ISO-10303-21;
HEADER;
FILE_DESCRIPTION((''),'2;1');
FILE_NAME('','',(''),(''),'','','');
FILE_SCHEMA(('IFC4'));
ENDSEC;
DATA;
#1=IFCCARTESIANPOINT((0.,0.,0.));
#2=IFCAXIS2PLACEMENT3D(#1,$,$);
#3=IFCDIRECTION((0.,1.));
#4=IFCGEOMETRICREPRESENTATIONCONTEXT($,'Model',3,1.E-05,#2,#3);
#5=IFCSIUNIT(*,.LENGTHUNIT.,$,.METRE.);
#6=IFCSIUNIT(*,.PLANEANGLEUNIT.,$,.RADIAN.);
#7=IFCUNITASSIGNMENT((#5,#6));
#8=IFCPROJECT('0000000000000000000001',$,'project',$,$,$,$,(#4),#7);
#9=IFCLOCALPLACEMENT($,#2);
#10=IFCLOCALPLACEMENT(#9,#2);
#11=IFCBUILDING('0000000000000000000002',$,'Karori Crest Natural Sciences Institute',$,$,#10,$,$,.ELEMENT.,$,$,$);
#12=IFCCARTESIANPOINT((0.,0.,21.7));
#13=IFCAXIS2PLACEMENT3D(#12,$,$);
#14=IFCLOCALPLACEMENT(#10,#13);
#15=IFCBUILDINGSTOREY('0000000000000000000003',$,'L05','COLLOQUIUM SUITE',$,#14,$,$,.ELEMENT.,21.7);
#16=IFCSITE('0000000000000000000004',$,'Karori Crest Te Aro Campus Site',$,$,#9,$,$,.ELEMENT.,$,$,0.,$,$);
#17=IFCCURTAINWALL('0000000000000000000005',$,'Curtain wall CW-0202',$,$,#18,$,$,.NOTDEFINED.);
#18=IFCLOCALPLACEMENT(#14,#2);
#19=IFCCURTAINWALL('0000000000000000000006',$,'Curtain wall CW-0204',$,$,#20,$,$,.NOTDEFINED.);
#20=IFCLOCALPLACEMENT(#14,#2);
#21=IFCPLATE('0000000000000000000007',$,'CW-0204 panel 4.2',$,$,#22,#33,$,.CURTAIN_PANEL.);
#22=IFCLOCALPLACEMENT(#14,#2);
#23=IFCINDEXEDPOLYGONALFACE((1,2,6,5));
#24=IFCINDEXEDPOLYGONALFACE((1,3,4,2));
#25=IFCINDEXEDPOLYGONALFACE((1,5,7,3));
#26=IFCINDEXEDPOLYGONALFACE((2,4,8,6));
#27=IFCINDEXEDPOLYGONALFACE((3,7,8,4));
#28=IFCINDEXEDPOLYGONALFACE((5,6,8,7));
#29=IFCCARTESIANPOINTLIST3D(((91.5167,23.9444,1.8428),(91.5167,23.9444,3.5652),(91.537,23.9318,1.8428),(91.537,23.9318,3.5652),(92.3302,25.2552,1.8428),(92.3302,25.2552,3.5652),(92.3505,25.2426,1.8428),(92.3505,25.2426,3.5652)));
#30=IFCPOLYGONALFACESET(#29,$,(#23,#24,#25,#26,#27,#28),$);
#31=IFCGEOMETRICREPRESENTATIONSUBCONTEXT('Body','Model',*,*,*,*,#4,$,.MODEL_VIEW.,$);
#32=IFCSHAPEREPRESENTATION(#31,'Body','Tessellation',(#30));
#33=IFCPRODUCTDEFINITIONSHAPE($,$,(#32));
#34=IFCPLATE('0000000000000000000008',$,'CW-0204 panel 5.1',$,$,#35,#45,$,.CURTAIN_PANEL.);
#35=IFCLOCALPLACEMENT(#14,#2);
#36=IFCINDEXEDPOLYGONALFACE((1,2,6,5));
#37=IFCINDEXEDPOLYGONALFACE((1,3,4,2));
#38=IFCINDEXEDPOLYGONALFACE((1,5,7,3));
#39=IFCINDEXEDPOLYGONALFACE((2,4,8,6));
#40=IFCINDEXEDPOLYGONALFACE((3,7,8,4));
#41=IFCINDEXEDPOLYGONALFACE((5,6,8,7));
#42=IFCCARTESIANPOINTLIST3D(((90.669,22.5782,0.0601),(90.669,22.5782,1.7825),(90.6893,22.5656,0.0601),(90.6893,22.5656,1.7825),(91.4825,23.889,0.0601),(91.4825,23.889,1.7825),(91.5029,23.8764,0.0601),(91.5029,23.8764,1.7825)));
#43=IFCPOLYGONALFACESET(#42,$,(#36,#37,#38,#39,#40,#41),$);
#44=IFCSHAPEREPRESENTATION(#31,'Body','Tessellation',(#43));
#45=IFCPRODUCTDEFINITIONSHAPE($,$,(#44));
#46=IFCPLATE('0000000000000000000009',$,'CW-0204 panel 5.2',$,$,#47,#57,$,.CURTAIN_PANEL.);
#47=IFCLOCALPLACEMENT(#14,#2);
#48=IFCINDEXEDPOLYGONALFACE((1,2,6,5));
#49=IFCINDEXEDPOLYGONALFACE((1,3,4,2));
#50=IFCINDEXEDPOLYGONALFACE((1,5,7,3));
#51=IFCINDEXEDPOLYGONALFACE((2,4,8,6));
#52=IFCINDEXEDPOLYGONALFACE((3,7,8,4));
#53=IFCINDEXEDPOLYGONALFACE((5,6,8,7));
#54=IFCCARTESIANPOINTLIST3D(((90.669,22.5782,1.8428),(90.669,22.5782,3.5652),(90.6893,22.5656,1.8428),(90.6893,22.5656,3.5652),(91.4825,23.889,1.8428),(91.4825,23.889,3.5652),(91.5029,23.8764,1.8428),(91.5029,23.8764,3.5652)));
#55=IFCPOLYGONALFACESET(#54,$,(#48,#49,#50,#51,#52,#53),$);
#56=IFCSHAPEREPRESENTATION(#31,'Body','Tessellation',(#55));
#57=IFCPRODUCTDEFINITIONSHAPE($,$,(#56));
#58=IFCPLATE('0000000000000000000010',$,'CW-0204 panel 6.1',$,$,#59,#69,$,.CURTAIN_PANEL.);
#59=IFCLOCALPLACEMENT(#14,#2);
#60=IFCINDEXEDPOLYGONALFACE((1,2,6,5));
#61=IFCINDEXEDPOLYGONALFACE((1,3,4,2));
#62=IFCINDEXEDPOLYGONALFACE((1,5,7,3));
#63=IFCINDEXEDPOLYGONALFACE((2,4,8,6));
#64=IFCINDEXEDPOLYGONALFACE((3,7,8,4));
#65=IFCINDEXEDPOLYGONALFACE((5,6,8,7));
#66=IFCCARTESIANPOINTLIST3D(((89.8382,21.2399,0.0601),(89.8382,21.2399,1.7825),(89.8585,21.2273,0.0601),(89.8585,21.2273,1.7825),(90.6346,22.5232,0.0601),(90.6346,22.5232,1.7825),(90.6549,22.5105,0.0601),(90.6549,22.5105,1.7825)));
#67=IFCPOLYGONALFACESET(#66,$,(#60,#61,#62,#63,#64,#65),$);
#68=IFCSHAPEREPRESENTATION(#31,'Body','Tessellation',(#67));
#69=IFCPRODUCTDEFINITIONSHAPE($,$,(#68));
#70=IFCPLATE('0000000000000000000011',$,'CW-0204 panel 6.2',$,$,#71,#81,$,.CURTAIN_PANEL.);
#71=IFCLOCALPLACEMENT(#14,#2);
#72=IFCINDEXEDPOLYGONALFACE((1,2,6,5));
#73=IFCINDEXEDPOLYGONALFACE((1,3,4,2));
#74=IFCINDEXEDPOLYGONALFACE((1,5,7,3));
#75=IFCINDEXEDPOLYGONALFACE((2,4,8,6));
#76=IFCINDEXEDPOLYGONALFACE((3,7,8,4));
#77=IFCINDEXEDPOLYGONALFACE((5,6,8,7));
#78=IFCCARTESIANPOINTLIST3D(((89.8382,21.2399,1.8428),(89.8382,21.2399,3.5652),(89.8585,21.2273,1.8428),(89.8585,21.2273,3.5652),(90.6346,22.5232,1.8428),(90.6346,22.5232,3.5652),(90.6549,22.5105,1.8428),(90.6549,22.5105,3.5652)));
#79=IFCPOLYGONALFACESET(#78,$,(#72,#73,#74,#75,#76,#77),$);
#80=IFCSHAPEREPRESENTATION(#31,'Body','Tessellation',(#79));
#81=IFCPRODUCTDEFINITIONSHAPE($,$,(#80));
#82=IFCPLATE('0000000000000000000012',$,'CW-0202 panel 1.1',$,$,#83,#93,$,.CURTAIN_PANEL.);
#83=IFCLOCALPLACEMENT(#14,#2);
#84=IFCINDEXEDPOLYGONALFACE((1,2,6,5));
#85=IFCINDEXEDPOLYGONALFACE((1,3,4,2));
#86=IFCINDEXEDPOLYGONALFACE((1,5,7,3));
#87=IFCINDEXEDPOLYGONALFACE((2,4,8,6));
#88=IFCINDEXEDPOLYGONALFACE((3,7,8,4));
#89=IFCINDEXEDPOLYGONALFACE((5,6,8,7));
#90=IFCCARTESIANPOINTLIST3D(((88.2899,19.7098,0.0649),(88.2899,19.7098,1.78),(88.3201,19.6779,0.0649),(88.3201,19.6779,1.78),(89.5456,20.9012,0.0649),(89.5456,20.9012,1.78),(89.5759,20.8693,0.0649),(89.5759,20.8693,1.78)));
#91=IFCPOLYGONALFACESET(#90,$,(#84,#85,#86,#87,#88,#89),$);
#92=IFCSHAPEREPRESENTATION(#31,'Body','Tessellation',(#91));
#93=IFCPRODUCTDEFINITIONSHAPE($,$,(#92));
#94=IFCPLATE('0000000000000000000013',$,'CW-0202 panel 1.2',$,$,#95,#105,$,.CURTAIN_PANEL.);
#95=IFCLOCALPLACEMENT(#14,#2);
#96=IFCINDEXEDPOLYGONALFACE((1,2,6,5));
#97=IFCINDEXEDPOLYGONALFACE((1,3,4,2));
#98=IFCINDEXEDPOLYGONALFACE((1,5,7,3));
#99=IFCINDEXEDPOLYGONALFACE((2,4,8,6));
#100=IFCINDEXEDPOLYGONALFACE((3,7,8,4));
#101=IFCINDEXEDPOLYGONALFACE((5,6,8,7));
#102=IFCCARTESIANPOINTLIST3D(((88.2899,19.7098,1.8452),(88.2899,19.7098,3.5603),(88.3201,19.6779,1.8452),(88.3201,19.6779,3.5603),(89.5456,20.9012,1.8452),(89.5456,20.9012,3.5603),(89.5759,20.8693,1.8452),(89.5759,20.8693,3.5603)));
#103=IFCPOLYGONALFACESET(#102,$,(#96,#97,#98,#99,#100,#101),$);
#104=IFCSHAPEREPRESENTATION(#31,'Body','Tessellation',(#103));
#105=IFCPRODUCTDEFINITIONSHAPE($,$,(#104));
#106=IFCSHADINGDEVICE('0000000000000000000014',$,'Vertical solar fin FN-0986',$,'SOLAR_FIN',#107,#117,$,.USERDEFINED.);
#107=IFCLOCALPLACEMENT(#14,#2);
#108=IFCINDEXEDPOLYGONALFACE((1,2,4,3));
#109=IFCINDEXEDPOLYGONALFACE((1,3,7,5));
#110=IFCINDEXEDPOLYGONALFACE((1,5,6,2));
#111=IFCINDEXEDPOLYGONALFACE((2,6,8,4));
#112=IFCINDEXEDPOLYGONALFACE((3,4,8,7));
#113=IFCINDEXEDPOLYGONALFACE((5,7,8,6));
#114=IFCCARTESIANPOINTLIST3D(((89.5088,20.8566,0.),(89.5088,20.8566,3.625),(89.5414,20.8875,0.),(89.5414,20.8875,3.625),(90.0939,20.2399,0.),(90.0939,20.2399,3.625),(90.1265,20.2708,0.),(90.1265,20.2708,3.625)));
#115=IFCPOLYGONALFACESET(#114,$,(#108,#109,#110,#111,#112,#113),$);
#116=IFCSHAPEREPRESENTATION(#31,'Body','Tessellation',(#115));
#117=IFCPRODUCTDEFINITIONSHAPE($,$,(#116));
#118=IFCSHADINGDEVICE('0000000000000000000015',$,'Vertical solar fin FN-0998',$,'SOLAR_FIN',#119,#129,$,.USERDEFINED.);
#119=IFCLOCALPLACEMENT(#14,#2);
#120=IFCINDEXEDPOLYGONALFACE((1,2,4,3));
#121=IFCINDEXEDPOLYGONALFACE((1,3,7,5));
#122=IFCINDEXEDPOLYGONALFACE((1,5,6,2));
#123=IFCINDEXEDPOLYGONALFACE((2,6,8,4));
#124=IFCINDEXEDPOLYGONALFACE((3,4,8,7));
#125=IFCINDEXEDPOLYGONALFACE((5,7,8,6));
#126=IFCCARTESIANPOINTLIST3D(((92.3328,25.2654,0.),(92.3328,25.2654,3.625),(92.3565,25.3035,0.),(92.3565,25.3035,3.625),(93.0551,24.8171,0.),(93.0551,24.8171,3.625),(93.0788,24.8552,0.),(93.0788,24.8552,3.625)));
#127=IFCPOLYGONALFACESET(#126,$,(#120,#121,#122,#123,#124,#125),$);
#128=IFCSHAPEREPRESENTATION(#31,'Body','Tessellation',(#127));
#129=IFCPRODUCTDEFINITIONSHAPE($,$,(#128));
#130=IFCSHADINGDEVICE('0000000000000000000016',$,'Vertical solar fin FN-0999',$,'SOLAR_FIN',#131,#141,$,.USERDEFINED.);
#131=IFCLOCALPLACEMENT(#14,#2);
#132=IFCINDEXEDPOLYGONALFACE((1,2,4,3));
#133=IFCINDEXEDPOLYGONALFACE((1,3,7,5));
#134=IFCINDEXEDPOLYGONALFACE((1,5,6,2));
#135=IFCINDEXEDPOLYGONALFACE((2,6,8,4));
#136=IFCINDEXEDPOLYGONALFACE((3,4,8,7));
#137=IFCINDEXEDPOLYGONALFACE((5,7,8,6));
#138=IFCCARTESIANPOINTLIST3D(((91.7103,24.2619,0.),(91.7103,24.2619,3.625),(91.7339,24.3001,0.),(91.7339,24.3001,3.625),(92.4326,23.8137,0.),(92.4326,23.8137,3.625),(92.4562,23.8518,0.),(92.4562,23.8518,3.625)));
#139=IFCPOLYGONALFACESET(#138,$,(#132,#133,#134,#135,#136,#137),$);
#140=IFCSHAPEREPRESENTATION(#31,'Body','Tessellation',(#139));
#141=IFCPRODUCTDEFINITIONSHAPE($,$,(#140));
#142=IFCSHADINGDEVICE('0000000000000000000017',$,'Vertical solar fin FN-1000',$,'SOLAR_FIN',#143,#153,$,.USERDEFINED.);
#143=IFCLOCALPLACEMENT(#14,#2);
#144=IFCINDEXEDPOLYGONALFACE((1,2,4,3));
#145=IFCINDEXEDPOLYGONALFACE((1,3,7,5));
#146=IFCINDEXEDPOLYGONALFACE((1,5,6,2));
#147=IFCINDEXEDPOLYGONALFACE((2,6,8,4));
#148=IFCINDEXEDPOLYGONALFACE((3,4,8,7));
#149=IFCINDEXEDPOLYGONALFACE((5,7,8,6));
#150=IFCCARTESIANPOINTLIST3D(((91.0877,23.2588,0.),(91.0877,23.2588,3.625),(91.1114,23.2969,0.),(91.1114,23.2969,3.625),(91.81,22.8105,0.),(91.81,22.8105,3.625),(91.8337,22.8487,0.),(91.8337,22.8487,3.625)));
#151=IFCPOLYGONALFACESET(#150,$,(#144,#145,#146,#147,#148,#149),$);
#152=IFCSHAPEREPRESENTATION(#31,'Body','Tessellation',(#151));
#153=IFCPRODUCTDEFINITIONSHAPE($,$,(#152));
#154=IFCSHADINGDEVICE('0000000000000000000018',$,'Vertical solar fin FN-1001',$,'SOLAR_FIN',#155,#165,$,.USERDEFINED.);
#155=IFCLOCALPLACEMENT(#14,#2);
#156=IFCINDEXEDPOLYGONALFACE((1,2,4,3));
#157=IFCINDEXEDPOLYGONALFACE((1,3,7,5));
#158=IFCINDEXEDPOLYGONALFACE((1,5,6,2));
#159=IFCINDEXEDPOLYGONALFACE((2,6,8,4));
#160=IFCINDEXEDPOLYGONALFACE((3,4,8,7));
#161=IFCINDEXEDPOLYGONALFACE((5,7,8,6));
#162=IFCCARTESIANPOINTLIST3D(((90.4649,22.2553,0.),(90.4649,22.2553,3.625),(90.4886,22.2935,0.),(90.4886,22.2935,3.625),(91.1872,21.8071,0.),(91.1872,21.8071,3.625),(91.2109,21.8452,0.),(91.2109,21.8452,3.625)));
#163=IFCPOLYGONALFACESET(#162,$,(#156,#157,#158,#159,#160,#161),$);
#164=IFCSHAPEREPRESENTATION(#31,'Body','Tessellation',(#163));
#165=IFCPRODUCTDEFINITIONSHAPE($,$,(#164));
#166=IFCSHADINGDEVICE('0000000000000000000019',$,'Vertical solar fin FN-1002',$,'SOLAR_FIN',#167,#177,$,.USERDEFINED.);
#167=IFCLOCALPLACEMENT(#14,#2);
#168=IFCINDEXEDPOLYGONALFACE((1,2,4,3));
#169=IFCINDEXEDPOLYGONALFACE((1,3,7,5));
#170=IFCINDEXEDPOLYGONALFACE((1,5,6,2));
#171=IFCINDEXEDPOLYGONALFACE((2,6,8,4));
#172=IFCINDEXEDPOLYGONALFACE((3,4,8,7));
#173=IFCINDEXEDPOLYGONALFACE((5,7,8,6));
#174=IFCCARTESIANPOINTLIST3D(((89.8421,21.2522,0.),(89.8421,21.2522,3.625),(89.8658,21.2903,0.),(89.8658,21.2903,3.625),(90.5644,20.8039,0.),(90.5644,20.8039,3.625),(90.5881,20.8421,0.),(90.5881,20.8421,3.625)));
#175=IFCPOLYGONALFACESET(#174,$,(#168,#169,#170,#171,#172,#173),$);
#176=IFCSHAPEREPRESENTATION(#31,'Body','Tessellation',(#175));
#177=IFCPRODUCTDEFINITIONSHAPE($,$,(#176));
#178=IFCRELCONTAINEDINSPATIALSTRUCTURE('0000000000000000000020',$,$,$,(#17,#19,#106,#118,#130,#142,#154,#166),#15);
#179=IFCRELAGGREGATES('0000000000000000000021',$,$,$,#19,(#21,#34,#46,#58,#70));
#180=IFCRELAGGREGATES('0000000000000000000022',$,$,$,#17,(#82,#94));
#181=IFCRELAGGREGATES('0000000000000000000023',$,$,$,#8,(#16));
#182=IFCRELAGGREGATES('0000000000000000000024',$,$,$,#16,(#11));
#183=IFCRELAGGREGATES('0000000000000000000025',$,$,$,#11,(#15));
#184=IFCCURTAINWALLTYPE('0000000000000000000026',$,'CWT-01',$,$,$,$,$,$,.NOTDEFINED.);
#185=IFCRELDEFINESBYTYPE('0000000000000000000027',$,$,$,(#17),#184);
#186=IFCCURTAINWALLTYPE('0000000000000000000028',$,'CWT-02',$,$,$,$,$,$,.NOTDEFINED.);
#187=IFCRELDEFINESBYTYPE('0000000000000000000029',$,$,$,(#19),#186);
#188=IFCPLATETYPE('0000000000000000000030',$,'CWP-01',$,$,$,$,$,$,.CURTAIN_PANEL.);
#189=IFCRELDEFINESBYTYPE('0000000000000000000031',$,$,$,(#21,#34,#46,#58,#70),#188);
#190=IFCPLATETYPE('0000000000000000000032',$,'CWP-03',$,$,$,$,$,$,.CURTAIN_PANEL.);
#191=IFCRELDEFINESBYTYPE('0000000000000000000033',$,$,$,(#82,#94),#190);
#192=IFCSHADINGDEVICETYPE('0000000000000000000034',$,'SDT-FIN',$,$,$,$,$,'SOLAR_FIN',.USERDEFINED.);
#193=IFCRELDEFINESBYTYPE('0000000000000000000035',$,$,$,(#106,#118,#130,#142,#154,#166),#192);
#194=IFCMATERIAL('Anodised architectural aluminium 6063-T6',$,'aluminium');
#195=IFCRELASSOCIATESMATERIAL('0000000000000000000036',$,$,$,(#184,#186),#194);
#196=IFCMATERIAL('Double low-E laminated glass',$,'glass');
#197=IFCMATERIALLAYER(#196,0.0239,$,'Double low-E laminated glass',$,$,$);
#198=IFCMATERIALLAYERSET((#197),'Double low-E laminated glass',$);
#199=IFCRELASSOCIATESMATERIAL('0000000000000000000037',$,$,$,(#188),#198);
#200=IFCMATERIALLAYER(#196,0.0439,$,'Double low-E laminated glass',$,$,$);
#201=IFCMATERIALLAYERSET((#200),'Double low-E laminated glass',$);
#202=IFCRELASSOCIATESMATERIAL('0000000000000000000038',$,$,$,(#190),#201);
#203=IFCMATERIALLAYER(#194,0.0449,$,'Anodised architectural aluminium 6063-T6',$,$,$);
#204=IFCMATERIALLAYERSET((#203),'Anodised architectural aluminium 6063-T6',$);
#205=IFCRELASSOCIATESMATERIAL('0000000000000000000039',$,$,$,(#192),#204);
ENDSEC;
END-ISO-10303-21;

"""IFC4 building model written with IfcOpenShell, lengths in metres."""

from ifc_helpers import new_model, si_unit, direction, frame, origin, origin_2d, place, context, subcontext, project, spatial, rectangle, extrude, material, layer, layer_set, type_object, element, aggregate, save


model = new_model("IFC4")

# Units and contexts
model_context = context("Model", 3, precision=1e-05, world=origin(), true_north=direction((0.0, 1.0)))
body_context = subcontext(model_context, "Body", "Model", "MODEL_VIEW")
ifc_project = project(units=[si_unit("LENGTHUNIT", "METRE"), si_unit("PLANEANGLEUNIT", "RADIAN")], contexts=[model_context])

# Site, building, storey
site_placement = place(None, origin())
site = spatial("IfcSite", under=ifc_project, at=site_placement, Name="Karori Crest Te Aro Campus Site", CompositionType="ELEMENT", RefElevation=0.0)
building_placement = place(site_placement, origin())
building = spatial("IfcBuilding", under=site, at=building_placement, Name="Karori Crest Natural Sciences Institute", CompositionType="ELEMENT")
storey_placement = place(building_placement, frame((0.0, 0.0, 21.7)))
storey = spatial("IfcBuildingStorey", under=building, at=storey_placement, Name="L05", Description="COLLOQUIUM SUITE", CompositionType="ELEMENT", Elevation=21.7)

# Curtain wall
ifc_material_1 = material(Name="Anodised architectural aluminium 6063-T6", Category="aluminium")
curtain_wall_type_1 = type_object("IfcCurtainWallType", Name="CWT-01", PredefinedType="NOTDEFINED", material=ifc_material_1)
curtain_wall_1_placement = place(storey_placement, origin())
curtain_wall_1 = element("IfcCurtainWall", 1, at=curtain_wall_1_placement, inside=storey, type_object=curtain_wall_type_1, Name="Curtain wall CW-0202", PredefinedType="NOTDEFINED")

# Curtain wall
curtain_wall_type_2 = type_object("IfcCurtainWallType", Name="CWT-02", PredefinedType="NOTDEFINED", material=ifc_material_1)
curtain_wall_2_placement = place(storey_placement, origin())
curtain_wall_2 = element("IfcCurtainWall", 2, at=curtain_wall_2_placement, inside=storey, type_object=curtain_wall_type_2, Name="Curtain wall CW-0204", PredefinedType="NOTDEFINED")

# Plates
ifc_material_2 = material(Name="Double low-E laminated glass", Category="glass")
ifc_layer_1 = layer(ifc_material_2, 0.0239, Name="Double low-E laminated glass")
ifc_layer_set_1 = layer_set([ifc_layer_1], Name="Double low-E laminated glass")
plate_type_1 = type_object("IfcPlateType", Name="CWP-01", PredefinedType="CURTAIN_PANEL", material=ifc_layer_set_1)
plate_1_placement = place(storey_placement, frame((91.9336, 24.5935, 1.8428), z_axis=(0.0, 0.0, 1.0), x_axis=(-0.527324, -0.849664, 0.0)))
plate_1 = element("IfcPlate", 3, at=plate_1_placement, type_object=plate_type_1, Name="CW-0204 panel 4.2", PredefinedType="CURTAIN_PANEL", context=body_context, shape_type="SweptSolid", body=[
    extrude(rectangle(XDim=1.5427, YDim=0.0239, at=origin_2d()), origin(), (0.0, 0.0, 1.0), 1.7224),
])
plate_2_placement = place(storey_placement, frame((91.0859, 23.2273, 0.0601), z_axis=(0.0, 0.0, 1.0), x_axis=(-0.527324, -0.849664, 0.0)))
plate_2 = element("IfcPlate", 4, at=plate_2_placement, type_object=plate_type_1, Name="CW-0204 panel 5.1", PredefinedType="CURTAIN_PANEL", context=body_context, shape_type="SweptSolid", body=[
    extrude(rectangle(XDim=1.5427, YDim=0.0239, at=origin_2d()), origin(), (0.0, 0.0, 1.0), 1.7224),
])
plate_3_placement = place(storey_placement, frame((91.0859, 23.2273, 1.8428), z_axis=(0.0, 0.0, 1.0), x_axis=(-0.527324, -0.849664, 0.0)))
plate_3 = element("IfcPlate", 5, at=plate_3_placement, type_object=plate_type_1, Name="CW-0204 panel 5.2", PredefinedType="CURTAIN_PANEL", context=body_context, shape_type="SweptSolid", body=[
    extrude(rectangle(XDim=1.5427, YDim=0.0239, at=origin_2d()), origin(), (0.0, 0.0, 1.0), 1.7224),
])
plate_4_placement = place(storey_placement, frame((90.2466, 21.8752, 0.0601), z_axis=(0.0, 0.0, 1.0), x_axis=(-0.527324, -0.849664, 0.0)))
plate_4 = element("IfcPlate", 6, at=plate_4_placement, type_object=plate_type_1, Name="CW-0204 panel 6.1", PredefinedType="CURTAIN_PANEL", context=body_context, shape_type="SweptSolid", body=[
    extrude(rectangle(XDim=1.5103, YDim=0.0239, at=origin_2d()), origin(), (0.0, 0.0, 1.0), 1.7224),
])
plate_5_placement = place(storey_placement, frame((90.2466, 21.8752, 1.8428), z_axis=(0.0, 0.0, 1.0), x_axis=(-0.527324, -0.849664, 0.0)))
plate_5 = element("IfcPlate", 7, at=plate_5_placement, type_object=plate_type_1, Name="CW-0204 panel 6.2", PredefinedType="CURTAIN_PANEL", context=body_context, shape_type="SweptSolid", body=[
    extrude(rectangle(XDim=1.5103, YDim=0.0239, at=origin_2d()), origin(), (0.0, 0.0, 1.0), 1.7224),
])
aggregate(curtain_wall_2, [plate_1, plate_2, plate_3, plate_4, plate_5])
ifc_layer_2 = layer(ifc_material_2, 0.0439, Name="Double low-E laminated glass")
ifc_layer_set_2 = layer_set([ifc_layer_2], Name="Double low-E laminated glass")
plate_type_2 = type_object("IfcPlateType", Name="CWP-03", PredefinedType="CURTAIN_PANEL", material=ifc_layer_set_2)
plate_6_placement = place(storey_placement, frame((88.9329, 20.2896, 0.0649), z_axis=(0.0, 0.0, 1.0), x_axis=(-0.725473, -0.688251, 0.0)))
plate_6 = element("IfcPlate", 8, at=plate_6_placement, type_object=plate_type_2, Name="CW-0202 panel 1.1", PredefinedType="CURTAIN_PANEL", context=body_context, shape_type="SweptSolid", body=[
    extrude(rectangle(XDim=1.731, YDim=0.0439, at=origin_2d()), origin(), (0.0, 0.0, 1.0), 1.7151),
])
plate_7_placement = place(storey_placement, frame((88.9329, 20.2896, 1.8452), z_axis=(0.0, 0.0, 1.0), x_axis=(-0.725473, -0.688251, 0.0)))
plate_7 = element("IfcPlate", 9, at=plate_7_placement, type_object=plate_type_2, Name="CW-0202 panel 1.2", PredefinedType="CURTAIN_PANEL", context=body_context, shape_type="SweptSolid", body=[
    extrude(rectangle(XDim=1.731, YDim=0.0439, at=origin_2d()), origin(), (0.0, 0.0, 1.0), 1.7151),
])
aggregate(curtain_wall_1, [plate_6, plate_7])

# Shading devices
ifc_layer_3 = layer(ifc_material_1, 0.0449, Name="Anodised architectural aluminium 6063-T6")
ifc_layer_set_3 = layer_set([ifc_layer_3], Name="Anodised architectural aluminium 6063-T6")
shading_device_type = type_object("IfcShadingDeviceType", Name="SDT-FIN", ElementType="SOLAR_FIN", PredefinedType="USERDEFINED", material=ifc_layer_set_3)
for number, where, z_axis, x_axis, name in (
    (10, (89.8176, 20.5637, 0.0), (0.0, 0.0, 1.0), (0.688251, -0.725473, 0.0), "Vertical solar fin FN-0986"),
    (11, (92.7058, 25.0603, 0.0), (0.0, 0.0, 1.0), (0.849665, -0.527324, 0.0), "Vertical solar fin FN-0998"),
    (12, (92.0833, 24.0569, 0.0), (0.0, 0.0, 1.0), (0.849665, -0.527324, 0.0), "Vertical solar fin FN-0999"),
    (13, (91.4607, 23.0537, 0.0), (0.0, 0.0, 1.0), (0.849665, -0.527324, 0.0), "Vertical solar fin FN-1000"),
    (14, (90.8379, 22.0503, 0.0), (0.0, 0.0, 1.0), (0.849665, -0.527324, 0.0), "Vertical solar fin FN-1001"),
    (15, (90.2151, 21.0471, 0.0), (0.0, 0.0, 1.0), (0.849665, -0.527324, 0.0), "Vertical solar fin FN-1002"),
):
    element("IfcShadingDevice", number, at=place(storey_placement, frame(where, z_axis=z_axis, x_axis=x_axis)), inside=storey, type_object=shading_device_type, Name=name, ObjectType="SOLAR_FIN", PredefinedType="USERDEFINED", context=body_context, shape_type="SweptSolid", body=[
        extrude(rectangle(XDim=0.8501, YDim=0.0449, at=origin_2d()), origin(), (0.0, 0.0, 1.0), 3.625),
    ])

save(model, "model.ifc")
